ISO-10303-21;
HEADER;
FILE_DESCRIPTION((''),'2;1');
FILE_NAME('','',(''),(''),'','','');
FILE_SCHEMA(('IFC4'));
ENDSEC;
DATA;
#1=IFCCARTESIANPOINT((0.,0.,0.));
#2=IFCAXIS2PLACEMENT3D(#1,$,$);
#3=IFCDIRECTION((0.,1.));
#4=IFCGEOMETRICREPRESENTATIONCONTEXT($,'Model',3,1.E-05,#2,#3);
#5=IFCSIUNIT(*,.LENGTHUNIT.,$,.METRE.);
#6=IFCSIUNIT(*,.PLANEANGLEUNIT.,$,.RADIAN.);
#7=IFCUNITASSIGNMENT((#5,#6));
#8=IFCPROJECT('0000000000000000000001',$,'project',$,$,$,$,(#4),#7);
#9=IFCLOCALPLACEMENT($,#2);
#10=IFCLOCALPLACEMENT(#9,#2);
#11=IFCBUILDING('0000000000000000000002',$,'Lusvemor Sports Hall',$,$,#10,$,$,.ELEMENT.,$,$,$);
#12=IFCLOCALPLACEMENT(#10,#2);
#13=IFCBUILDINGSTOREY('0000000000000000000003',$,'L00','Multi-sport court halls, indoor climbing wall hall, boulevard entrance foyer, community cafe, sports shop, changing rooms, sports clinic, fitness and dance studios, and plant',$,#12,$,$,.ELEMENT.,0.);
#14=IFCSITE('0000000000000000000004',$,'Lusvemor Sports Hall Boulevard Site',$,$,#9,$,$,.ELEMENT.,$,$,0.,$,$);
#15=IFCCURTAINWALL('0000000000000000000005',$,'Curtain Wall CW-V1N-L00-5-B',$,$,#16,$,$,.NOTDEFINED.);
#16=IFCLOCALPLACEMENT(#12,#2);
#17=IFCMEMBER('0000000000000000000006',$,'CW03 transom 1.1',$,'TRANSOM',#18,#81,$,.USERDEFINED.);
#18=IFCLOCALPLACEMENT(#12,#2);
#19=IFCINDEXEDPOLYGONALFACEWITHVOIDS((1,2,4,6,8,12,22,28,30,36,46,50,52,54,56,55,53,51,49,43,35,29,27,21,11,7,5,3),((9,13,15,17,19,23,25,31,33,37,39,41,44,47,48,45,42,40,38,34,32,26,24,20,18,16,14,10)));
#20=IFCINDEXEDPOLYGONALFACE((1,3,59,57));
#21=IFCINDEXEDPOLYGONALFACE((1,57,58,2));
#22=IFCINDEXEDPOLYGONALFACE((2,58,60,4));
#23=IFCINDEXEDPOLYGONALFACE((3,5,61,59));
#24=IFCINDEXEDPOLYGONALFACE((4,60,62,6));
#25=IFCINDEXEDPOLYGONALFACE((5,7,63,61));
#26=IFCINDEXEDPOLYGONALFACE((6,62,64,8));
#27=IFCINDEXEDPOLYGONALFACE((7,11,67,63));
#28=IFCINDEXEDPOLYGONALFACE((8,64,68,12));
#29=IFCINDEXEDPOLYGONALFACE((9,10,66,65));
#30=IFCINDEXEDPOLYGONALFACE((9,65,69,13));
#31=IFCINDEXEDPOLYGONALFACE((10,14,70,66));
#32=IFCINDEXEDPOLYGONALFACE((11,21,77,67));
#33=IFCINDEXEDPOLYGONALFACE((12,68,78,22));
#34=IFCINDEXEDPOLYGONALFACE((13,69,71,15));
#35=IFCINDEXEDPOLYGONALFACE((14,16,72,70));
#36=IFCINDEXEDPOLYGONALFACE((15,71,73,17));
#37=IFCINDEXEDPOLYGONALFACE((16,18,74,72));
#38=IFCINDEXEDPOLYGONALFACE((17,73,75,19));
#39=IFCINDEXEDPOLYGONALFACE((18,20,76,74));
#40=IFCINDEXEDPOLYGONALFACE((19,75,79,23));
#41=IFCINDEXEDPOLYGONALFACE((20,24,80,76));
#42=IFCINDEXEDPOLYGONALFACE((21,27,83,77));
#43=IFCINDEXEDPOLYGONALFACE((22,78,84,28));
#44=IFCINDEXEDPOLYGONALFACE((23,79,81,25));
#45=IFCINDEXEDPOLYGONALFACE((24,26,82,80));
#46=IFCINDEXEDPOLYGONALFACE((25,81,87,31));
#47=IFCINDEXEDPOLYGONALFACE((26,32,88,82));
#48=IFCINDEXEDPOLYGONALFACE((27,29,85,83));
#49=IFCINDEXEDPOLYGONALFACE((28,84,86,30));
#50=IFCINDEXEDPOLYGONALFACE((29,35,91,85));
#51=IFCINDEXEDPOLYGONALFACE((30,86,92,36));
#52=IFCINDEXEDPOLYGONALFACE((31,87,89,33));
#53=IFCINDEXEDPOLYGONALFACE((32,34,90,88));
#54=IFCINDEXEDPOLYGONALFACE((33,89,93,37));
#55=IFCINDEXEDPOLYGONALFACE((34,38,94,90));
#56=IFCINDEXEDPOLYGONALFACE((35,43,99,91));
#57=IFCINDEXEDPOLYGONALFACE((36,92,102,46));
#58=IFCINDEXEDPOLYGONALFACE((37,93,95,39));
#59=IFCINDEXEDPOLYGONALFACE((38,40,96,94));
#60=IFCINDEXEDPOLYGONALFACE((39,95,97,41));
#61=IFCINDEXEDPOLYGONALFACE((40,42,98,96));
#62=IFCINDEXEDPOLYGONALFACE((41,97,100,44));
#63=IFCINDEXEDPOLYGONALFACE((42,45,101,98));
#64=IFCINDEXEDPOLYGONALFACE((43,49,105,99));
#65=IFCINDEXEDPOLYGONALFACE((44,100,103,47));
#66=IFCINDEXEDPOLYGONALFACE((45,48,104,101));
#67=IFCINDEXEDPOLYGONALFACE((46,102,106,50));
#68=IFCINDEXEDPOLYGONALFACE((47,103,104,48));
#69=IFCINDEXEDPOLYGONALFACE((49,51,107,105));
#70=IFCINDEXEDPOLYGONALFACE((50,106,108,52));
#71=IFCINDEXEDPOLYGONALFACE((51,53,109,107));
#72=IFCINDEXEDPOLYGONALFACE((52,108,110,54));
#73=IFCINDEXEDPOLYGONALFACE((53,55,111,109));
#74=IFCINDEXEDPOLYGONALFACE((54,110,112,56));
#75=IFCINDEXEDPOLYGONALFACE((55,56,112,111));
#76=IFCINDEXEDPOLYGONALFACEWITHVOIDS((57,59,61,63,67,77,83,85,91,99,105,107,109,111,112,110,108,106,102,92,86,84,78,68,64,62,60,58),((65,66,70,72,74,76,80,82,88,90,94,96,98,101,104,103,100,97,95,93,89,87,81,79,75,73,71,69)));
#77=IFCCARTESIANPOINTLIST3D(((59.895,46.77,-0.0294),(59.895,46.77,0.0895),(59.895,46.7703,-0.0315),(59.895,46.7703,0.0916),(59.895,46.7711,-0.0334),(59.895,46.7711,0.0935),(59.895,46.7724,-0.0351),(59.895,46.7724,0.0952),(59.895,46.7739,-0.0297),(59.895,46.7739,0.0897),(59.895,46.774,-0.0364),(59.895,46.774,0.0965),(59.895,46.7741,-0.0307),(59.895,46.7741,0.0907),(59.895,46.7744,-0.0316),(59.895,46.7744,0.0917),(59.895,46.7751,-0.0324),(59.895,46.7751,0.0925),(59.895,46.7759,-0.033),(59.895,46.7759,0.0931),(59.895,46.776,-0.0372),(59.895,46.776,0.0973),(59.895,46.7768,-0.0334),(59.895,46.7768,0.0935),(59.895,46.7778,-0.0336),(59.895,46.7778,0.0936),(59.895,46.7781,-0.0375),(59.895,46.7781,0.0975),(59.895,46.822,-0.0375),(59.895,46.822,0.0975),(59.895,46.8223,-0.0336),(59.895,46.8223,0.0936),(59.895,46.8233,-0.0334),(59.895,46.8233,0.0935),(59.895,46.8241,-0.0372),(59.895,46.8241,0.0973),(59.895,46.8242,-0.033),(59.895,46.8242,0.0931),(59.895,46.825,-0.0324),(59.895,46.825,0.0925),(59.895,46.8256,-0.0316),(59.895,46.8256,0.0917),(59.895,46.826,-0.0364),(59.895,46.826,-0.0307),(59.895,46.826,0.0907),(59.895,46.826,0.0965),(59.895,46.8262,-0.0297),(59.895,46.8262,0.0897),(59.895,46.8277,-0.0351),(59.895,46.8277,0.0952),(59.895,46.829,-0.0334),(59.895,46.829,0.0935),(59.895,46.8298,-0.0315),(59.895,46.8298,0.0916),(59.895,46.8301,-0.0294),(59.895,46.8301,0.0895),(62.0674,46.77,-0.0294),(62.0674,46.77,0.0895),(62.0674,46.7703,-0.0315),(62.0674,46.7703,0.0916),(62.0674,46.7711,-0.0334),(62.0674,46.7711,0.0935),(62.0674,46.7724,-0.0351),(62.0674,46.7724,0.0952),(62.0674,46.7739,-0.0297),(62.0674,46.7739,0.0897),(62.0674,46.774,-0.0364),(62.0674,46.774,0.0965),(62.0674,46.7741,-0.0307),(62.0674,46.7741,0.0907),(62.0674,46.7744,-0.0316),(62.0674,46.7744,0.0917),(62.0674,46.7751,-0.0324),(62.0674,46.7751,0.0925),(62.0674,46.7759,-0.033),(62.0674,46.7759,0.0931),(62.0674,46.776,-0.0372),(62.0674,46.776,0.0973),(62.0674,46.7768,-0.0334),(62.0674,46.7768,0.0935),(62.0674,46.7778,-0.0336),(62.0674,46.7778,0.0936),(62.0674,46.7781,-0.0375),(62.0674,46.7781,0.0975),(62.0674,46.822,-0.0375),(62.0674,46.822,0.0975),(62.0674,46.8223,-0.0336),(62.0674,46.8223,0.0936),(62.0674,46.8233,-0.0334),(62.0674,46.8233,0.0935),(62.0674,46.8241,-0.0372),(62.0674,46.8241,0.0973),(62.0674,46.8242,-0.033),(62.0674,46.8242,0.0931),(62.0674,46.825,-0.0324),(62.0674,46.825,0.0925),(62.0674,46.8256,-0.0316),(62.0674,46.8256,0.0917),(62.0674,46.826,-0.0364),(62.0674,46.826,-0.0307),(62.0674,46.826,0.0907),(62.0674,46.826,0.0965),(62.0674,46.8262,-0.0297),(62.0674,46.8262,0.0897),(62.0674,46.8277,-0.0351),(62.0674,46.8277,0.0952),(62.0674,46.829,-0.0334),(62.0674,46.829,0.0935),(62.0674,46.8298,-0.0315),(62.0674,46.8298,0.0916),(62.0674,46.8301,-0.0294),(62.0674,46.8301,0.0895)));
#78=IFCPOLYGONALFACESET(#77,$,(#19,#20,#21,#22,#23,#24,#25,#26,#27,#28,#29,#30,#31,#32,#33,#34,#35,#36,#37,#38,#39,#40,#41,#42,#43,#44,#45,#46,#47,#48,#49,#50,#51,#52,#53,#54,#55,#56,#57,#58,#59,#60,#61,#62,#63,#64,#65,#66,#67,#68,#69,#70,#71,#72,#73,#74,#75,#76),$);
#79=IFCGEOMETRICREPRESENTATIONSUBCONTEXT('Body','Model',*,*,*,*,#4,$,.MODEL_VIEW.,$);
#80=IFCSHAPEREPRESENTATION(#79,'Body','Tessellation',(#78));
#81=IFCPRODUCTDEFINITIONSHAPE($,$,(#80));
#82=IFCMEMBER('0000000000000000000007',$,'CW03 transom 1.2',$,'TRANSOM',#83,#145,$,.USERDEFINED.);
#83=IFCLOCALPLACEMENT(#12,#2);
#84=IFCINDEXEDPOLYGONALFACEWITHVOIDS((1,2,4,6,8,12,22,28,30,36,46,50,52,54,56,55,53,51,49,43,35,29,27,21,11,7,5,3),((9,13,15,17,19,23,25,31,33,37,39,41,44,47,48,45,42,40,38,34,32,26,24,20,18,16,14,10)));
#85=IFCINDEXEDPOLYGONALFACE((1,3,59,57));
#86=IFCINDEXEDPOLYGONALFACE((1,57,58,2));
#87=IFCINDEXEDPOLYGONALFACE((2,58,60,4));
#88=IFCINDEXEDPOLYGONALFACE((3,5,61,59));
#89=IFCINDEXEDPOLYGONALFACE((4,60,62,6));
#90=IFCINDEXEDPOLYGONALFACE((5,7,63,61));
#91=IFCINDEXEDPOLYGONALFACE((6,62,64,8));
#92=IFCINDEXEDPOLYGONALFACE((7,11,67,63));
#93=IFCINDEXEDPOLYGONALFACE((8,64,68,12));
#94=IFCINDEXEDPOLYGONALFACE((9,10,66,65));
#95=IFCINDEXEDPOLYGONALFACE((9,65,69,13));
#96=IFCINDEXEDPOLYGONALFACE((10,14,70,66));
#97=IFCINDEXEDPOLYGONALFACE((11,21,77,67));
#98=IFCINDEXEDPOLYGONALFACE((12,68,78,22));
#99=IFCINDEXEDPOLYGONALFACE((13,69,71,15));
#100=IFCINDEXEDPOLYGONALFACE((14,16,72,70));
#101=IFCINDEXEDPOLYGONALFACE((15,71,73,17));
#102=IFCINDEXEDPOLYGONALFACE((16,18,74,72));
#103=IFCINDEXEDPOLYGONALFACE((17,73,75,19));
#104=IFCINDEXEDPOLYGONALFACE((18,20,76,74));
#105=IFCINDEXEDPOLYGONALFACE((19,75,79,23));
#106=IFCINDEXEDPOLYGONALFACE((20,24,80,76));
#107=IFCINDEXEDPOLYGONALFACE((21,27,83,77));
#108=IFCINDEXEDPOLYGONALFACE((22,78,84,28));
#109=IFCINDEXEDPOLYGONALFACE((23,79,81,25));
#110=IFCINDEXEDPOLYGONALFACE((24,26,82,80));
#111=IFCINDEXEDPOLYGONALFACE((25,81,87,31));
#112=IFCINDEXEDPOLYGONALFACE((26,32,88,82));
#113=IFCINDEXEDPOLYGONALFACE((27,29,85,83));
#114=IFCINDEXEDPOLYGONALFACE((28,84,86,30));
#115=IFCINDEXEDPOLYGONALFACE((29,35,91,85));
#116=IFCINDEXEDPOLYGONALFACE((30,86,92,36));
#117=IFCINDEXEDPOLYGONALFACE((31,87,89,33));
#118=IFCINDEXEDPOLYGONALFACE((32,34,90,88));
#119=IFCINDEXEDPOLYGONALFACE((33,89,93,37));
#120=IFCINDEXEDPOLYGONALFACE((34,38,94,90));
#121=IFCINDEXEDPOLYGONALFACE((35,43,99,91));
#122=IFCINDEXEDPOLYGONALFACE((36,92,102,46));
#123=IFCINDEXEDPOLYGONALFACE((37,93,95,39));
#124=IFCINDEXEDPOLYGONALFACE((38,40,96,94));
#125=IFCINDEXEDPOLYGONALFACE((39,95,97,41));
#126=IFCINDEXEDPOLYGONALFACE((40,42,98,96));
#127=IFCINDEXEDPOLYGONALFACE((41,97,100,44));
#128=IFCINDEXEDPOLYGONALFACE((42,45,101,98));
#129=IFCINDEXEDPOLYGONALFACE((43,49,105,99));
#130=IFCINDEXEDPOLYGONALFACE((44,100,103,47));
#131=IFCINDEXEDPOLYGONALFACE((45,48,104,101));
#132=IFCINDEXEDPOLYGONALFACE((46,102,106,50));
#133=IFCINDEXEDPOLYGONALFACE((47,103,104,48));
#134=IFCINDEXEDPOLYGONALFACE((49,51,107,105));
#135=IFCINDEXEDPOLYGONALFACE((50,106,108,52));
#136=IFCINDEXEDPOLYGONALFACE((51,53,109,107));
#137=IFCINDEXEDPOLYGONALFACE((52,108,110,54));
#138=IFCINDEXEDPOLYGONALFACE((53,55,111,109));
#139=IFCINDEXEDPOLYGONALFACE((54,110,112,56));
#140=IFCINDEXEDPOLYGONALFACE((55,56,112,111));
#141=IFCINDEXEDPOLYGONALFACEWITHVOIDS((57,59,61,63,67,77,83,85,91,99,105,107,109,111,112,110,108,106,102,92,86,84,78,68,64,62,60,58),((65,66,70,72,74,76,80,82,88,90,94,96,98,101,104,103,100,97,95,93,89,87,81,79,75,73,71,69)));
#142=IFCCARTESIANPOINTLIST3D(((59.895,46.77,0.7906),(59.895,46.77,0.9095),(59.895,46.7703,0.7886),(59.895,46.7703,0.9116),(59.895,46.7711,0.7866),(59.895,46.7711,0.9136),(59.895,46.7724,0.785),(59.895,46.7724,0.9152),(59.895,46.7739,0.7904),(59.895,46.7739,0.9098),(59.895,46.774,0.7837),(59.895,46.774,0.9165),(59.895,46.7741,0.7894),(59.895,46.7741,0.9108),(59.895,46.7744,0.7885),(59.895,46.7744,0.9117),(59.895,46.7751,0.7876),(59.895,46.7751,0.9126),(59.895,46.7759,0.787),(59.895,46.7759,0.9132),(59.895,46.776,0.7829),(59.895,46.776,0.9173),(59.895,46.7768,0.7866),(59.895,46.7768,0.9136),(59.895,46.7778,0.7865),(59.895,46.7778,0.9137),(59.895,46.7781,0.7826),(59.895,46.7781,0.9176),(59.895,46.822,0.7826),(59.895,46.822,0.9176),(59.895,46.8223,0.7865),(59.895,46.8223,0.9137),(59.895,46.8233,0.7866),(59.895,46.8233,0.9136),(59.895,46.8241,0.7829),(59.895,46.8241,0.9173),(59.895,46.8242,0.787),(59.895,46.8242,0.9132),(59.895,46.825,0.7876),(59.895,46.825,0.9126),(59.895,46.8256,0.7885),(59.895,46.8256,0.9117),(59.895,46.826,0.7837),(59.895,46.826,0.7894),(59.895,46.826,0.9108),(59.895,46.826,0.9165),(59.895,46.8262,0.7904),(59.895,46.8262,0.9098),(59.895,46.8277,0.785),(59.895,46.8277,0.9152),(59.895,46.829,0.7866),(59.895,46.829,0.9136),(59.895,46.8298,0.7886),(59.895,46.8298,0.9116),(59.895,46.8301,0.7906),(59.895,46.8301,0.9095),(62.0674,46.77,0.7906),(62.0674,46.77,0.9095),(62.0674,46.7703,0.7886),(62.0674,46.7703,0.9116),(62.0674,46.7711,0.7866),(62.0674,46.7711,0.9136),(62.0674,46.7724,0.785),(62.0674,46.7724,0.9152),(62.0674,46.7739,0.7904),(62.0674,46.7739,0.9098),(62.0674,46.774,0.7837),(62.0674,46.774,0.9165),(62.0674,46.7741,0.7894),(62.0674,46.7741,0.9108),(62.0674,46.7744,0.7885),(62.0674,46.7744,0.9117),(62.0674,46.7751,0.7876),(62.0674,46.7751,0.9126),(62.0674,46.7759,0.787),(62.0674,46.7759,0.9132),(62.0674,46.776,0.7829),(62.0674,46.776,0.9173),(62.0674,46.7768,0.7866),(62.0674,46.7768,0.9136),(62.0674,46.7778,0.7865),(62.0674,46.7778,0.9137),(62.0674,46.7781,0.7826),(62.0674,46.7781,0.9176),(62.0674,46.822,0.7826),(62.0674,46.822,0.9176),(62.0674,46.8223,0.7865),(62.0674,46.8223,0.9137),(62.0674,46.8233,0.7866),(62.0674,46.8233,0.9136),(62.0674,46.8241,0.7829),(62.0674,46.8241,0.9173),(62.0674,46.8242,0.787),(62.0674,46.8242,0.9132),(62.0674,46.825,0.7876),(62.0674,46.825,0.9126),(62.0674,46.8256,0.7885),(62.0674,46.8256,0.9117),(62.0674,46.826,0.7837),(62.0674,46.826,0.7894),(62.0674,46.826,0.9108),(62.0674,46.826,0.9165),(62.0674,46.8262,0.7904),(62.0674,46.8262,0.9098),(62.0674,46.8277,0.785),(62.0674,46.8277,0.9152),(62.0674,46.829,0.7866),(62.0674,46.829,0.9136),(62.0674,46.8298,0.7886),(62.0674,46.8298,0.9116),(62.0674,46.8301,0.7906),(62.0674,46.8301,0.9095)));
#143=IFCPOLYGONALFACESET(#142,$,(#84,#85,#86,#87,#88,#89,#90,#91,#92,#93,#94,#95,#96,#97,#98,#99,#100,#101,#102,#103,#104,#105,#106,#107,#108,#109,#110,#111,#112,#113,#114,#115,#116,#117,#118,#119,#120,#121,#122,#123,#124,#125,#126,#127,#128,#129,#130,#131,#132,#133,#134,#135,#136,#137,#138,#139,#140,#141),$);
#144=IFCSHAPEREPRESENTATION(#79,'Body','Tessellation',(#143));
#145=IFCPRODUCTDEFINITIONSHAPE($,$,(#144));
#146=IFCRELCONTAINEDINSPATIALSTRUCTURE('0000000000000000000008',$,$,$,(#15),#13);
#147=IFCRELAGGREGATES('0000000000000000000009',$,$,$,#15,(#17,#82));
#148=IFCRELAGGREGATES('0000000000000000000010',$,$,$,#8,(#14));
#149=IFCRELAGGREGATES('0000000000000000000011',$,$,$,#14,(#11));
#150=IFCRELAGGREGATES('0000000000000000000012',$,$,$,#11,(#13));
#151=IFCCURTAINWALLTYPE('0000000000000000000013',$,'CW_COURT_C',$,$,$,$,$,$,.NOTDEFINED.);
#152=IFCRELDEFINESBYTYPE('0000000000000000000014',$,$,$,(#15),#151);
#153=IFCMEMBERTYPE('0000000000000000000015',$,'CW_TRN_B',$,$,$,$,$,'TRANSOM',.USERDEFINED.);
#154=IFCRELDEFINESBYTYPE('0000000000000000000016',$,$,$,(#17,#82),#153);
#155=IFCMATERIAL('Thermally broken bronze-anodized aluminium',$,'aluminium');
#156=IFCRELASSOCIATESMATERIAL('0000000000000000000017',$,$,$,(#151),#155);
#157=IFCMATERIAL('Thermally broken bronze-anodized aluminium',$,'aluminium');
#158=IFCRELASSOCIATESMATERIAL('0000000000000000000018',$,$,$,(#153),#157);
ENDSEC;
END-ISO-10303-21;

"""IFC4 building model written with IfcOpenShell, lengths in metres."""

from ifc_helpers import new_model, si_unit, direction, frame, origin, origin_2d, place, context, subcontext, project, spatial, hollow_rectangle, extrude, material, material_profile, profile_set, type_object, element, aggregate, save


model = new_model("IFC4")

# Units and contexts
model_context = context("Model", 3, precision=1e-05, world=origin(), true_north=direction((0.0, 1.0)))
body_context = subcontext(model_context, "Body", "Model", "MODEL_VIEW")
ifc_project = project(units=[si_unit("LENGTHUNIT", "METRE"), si_unit("PLANEANGLEUNIT", "RADIAN")], contexts=[model_context])

# Site, building, storey
site_placement = place(None, origin())
site = spatial("IfcSite", under=ifc_project, at=site_placement, Name="Lusvemor Sports Hall Boulevard Site", CompositionType="ELEMENT", RefElevation=0.0)
building_placement = place(site_placement, origin())
building = spatial("IfcBuilding", under=site, at=building_placement, Name="Lusvemor Sports Hall", CompositionType="ELEMENT")
storey_placement = place(building_placement, origin())
storey = spatial("IfcBuildingStorey", under=building, at=storey_placement, Name="L00", Description="Multi-sport court halls, indoor climbing wall hall, boulevard entrance foyer, community cafe, sports shop, changing rooms, sports clinic, fitness and dance studios, and plant", CompositionType="ELEMENT", Elevation=0.0)

# Shared definitions
ifc_material_1 = material(Name="Thermally broken bronze-anodized aluminium", Category="aluminium")
curtain_wall_type = type_object("IfcCurtainWallType", Name="CW_COURT_C", PredefinedType="NOTDEFINED", material=ifc_material_1)

# Curtain wall, members
curtain_wall_1_placement = place(storey_placement, origin())
curtain_wall_1 = element("IfcCurtainWall", 1, at=curtain_wall_1_placement, inside=storey, type_object=curtain_wall_type, Name="Curtain Wall CW-V1N-L00-5-B", PredefinedType="NOTDEFINED")
ifc_material_2 = material(Name="Thermally broken bronze-anodized aluminium", Category="aluminium")
ifc_material_profile_1 = material_profile(ifc_material_2, hollow_rectangle(XDim=0.0601, YDim=0.135, WallThickness=0.0039, InnerFilletRadius=0.0039, OuterFilletRadius=0.0081, at=origin_2d()), Name="CWTRN135x60x4")
ifc_profile_set_1 = profile_set([ifc_material_profile_1], Name="Thermally broken bronze-anodized aluminium")
member_type_1 = type_object("IfcMemberType", Name="CW_TRN_B", ElementType="TRANSOM", PredefinedType="USERDEFINED", material=ifc_profile_set_1)
member_1_placement = place(storey_placement, frame((59.895, 46.8, 0.03), z_axis=(1.0, 0.0, 0.0), x_axis=(0.0, 1.0, 0.0)))
member_1 = element("IfcMember", 2, at=member_1_placement, type_object=member_type_1, Name="CW03 transom 1.1", ObjectType="TRANSOM", PredefinedType="USERDEFINED", context=body_context, shape_type="SweptSolid", body=[
    extrude(hollow_rectangle(XDim=0.0601, YDim=0.135, WallThickness=0.0039, InnerFilletRadius=0.0039, OuterFilletRadius=0.0081, at=origin_2d()), origin(), (0.0, 0.0, 1.0), 2.1724),
])
member_2_placement = place(storey_placement, frame((59.895, 46.8, 0.8501), z_axis=(1.0, 0.0, 0.0), x_axis=(0.0, 1.0, 0.0)))
member_2 = element("IfcMember", 3, at=member_2_placement, type_object=member_type_1, Name="CW03 transom 1.2", ObjectType="TRANSOM", PredefinedType="USERDEFINED", context=body_context, shape_type="SweptSolid", body=[
    extrude(hollow_rectangle(XDim=0.0601, YDim=0.135, WallThickness=0.0039, InnerFilletRadius=0.0039, OuterFilletRadius=0.0081, at=origin_2d()), origin(), (0.0, 0.0, 1.0), 2.1724),
])

aggregate(curtain_wall_1, [member_1, member_2])

save(model, "model.ifc")
